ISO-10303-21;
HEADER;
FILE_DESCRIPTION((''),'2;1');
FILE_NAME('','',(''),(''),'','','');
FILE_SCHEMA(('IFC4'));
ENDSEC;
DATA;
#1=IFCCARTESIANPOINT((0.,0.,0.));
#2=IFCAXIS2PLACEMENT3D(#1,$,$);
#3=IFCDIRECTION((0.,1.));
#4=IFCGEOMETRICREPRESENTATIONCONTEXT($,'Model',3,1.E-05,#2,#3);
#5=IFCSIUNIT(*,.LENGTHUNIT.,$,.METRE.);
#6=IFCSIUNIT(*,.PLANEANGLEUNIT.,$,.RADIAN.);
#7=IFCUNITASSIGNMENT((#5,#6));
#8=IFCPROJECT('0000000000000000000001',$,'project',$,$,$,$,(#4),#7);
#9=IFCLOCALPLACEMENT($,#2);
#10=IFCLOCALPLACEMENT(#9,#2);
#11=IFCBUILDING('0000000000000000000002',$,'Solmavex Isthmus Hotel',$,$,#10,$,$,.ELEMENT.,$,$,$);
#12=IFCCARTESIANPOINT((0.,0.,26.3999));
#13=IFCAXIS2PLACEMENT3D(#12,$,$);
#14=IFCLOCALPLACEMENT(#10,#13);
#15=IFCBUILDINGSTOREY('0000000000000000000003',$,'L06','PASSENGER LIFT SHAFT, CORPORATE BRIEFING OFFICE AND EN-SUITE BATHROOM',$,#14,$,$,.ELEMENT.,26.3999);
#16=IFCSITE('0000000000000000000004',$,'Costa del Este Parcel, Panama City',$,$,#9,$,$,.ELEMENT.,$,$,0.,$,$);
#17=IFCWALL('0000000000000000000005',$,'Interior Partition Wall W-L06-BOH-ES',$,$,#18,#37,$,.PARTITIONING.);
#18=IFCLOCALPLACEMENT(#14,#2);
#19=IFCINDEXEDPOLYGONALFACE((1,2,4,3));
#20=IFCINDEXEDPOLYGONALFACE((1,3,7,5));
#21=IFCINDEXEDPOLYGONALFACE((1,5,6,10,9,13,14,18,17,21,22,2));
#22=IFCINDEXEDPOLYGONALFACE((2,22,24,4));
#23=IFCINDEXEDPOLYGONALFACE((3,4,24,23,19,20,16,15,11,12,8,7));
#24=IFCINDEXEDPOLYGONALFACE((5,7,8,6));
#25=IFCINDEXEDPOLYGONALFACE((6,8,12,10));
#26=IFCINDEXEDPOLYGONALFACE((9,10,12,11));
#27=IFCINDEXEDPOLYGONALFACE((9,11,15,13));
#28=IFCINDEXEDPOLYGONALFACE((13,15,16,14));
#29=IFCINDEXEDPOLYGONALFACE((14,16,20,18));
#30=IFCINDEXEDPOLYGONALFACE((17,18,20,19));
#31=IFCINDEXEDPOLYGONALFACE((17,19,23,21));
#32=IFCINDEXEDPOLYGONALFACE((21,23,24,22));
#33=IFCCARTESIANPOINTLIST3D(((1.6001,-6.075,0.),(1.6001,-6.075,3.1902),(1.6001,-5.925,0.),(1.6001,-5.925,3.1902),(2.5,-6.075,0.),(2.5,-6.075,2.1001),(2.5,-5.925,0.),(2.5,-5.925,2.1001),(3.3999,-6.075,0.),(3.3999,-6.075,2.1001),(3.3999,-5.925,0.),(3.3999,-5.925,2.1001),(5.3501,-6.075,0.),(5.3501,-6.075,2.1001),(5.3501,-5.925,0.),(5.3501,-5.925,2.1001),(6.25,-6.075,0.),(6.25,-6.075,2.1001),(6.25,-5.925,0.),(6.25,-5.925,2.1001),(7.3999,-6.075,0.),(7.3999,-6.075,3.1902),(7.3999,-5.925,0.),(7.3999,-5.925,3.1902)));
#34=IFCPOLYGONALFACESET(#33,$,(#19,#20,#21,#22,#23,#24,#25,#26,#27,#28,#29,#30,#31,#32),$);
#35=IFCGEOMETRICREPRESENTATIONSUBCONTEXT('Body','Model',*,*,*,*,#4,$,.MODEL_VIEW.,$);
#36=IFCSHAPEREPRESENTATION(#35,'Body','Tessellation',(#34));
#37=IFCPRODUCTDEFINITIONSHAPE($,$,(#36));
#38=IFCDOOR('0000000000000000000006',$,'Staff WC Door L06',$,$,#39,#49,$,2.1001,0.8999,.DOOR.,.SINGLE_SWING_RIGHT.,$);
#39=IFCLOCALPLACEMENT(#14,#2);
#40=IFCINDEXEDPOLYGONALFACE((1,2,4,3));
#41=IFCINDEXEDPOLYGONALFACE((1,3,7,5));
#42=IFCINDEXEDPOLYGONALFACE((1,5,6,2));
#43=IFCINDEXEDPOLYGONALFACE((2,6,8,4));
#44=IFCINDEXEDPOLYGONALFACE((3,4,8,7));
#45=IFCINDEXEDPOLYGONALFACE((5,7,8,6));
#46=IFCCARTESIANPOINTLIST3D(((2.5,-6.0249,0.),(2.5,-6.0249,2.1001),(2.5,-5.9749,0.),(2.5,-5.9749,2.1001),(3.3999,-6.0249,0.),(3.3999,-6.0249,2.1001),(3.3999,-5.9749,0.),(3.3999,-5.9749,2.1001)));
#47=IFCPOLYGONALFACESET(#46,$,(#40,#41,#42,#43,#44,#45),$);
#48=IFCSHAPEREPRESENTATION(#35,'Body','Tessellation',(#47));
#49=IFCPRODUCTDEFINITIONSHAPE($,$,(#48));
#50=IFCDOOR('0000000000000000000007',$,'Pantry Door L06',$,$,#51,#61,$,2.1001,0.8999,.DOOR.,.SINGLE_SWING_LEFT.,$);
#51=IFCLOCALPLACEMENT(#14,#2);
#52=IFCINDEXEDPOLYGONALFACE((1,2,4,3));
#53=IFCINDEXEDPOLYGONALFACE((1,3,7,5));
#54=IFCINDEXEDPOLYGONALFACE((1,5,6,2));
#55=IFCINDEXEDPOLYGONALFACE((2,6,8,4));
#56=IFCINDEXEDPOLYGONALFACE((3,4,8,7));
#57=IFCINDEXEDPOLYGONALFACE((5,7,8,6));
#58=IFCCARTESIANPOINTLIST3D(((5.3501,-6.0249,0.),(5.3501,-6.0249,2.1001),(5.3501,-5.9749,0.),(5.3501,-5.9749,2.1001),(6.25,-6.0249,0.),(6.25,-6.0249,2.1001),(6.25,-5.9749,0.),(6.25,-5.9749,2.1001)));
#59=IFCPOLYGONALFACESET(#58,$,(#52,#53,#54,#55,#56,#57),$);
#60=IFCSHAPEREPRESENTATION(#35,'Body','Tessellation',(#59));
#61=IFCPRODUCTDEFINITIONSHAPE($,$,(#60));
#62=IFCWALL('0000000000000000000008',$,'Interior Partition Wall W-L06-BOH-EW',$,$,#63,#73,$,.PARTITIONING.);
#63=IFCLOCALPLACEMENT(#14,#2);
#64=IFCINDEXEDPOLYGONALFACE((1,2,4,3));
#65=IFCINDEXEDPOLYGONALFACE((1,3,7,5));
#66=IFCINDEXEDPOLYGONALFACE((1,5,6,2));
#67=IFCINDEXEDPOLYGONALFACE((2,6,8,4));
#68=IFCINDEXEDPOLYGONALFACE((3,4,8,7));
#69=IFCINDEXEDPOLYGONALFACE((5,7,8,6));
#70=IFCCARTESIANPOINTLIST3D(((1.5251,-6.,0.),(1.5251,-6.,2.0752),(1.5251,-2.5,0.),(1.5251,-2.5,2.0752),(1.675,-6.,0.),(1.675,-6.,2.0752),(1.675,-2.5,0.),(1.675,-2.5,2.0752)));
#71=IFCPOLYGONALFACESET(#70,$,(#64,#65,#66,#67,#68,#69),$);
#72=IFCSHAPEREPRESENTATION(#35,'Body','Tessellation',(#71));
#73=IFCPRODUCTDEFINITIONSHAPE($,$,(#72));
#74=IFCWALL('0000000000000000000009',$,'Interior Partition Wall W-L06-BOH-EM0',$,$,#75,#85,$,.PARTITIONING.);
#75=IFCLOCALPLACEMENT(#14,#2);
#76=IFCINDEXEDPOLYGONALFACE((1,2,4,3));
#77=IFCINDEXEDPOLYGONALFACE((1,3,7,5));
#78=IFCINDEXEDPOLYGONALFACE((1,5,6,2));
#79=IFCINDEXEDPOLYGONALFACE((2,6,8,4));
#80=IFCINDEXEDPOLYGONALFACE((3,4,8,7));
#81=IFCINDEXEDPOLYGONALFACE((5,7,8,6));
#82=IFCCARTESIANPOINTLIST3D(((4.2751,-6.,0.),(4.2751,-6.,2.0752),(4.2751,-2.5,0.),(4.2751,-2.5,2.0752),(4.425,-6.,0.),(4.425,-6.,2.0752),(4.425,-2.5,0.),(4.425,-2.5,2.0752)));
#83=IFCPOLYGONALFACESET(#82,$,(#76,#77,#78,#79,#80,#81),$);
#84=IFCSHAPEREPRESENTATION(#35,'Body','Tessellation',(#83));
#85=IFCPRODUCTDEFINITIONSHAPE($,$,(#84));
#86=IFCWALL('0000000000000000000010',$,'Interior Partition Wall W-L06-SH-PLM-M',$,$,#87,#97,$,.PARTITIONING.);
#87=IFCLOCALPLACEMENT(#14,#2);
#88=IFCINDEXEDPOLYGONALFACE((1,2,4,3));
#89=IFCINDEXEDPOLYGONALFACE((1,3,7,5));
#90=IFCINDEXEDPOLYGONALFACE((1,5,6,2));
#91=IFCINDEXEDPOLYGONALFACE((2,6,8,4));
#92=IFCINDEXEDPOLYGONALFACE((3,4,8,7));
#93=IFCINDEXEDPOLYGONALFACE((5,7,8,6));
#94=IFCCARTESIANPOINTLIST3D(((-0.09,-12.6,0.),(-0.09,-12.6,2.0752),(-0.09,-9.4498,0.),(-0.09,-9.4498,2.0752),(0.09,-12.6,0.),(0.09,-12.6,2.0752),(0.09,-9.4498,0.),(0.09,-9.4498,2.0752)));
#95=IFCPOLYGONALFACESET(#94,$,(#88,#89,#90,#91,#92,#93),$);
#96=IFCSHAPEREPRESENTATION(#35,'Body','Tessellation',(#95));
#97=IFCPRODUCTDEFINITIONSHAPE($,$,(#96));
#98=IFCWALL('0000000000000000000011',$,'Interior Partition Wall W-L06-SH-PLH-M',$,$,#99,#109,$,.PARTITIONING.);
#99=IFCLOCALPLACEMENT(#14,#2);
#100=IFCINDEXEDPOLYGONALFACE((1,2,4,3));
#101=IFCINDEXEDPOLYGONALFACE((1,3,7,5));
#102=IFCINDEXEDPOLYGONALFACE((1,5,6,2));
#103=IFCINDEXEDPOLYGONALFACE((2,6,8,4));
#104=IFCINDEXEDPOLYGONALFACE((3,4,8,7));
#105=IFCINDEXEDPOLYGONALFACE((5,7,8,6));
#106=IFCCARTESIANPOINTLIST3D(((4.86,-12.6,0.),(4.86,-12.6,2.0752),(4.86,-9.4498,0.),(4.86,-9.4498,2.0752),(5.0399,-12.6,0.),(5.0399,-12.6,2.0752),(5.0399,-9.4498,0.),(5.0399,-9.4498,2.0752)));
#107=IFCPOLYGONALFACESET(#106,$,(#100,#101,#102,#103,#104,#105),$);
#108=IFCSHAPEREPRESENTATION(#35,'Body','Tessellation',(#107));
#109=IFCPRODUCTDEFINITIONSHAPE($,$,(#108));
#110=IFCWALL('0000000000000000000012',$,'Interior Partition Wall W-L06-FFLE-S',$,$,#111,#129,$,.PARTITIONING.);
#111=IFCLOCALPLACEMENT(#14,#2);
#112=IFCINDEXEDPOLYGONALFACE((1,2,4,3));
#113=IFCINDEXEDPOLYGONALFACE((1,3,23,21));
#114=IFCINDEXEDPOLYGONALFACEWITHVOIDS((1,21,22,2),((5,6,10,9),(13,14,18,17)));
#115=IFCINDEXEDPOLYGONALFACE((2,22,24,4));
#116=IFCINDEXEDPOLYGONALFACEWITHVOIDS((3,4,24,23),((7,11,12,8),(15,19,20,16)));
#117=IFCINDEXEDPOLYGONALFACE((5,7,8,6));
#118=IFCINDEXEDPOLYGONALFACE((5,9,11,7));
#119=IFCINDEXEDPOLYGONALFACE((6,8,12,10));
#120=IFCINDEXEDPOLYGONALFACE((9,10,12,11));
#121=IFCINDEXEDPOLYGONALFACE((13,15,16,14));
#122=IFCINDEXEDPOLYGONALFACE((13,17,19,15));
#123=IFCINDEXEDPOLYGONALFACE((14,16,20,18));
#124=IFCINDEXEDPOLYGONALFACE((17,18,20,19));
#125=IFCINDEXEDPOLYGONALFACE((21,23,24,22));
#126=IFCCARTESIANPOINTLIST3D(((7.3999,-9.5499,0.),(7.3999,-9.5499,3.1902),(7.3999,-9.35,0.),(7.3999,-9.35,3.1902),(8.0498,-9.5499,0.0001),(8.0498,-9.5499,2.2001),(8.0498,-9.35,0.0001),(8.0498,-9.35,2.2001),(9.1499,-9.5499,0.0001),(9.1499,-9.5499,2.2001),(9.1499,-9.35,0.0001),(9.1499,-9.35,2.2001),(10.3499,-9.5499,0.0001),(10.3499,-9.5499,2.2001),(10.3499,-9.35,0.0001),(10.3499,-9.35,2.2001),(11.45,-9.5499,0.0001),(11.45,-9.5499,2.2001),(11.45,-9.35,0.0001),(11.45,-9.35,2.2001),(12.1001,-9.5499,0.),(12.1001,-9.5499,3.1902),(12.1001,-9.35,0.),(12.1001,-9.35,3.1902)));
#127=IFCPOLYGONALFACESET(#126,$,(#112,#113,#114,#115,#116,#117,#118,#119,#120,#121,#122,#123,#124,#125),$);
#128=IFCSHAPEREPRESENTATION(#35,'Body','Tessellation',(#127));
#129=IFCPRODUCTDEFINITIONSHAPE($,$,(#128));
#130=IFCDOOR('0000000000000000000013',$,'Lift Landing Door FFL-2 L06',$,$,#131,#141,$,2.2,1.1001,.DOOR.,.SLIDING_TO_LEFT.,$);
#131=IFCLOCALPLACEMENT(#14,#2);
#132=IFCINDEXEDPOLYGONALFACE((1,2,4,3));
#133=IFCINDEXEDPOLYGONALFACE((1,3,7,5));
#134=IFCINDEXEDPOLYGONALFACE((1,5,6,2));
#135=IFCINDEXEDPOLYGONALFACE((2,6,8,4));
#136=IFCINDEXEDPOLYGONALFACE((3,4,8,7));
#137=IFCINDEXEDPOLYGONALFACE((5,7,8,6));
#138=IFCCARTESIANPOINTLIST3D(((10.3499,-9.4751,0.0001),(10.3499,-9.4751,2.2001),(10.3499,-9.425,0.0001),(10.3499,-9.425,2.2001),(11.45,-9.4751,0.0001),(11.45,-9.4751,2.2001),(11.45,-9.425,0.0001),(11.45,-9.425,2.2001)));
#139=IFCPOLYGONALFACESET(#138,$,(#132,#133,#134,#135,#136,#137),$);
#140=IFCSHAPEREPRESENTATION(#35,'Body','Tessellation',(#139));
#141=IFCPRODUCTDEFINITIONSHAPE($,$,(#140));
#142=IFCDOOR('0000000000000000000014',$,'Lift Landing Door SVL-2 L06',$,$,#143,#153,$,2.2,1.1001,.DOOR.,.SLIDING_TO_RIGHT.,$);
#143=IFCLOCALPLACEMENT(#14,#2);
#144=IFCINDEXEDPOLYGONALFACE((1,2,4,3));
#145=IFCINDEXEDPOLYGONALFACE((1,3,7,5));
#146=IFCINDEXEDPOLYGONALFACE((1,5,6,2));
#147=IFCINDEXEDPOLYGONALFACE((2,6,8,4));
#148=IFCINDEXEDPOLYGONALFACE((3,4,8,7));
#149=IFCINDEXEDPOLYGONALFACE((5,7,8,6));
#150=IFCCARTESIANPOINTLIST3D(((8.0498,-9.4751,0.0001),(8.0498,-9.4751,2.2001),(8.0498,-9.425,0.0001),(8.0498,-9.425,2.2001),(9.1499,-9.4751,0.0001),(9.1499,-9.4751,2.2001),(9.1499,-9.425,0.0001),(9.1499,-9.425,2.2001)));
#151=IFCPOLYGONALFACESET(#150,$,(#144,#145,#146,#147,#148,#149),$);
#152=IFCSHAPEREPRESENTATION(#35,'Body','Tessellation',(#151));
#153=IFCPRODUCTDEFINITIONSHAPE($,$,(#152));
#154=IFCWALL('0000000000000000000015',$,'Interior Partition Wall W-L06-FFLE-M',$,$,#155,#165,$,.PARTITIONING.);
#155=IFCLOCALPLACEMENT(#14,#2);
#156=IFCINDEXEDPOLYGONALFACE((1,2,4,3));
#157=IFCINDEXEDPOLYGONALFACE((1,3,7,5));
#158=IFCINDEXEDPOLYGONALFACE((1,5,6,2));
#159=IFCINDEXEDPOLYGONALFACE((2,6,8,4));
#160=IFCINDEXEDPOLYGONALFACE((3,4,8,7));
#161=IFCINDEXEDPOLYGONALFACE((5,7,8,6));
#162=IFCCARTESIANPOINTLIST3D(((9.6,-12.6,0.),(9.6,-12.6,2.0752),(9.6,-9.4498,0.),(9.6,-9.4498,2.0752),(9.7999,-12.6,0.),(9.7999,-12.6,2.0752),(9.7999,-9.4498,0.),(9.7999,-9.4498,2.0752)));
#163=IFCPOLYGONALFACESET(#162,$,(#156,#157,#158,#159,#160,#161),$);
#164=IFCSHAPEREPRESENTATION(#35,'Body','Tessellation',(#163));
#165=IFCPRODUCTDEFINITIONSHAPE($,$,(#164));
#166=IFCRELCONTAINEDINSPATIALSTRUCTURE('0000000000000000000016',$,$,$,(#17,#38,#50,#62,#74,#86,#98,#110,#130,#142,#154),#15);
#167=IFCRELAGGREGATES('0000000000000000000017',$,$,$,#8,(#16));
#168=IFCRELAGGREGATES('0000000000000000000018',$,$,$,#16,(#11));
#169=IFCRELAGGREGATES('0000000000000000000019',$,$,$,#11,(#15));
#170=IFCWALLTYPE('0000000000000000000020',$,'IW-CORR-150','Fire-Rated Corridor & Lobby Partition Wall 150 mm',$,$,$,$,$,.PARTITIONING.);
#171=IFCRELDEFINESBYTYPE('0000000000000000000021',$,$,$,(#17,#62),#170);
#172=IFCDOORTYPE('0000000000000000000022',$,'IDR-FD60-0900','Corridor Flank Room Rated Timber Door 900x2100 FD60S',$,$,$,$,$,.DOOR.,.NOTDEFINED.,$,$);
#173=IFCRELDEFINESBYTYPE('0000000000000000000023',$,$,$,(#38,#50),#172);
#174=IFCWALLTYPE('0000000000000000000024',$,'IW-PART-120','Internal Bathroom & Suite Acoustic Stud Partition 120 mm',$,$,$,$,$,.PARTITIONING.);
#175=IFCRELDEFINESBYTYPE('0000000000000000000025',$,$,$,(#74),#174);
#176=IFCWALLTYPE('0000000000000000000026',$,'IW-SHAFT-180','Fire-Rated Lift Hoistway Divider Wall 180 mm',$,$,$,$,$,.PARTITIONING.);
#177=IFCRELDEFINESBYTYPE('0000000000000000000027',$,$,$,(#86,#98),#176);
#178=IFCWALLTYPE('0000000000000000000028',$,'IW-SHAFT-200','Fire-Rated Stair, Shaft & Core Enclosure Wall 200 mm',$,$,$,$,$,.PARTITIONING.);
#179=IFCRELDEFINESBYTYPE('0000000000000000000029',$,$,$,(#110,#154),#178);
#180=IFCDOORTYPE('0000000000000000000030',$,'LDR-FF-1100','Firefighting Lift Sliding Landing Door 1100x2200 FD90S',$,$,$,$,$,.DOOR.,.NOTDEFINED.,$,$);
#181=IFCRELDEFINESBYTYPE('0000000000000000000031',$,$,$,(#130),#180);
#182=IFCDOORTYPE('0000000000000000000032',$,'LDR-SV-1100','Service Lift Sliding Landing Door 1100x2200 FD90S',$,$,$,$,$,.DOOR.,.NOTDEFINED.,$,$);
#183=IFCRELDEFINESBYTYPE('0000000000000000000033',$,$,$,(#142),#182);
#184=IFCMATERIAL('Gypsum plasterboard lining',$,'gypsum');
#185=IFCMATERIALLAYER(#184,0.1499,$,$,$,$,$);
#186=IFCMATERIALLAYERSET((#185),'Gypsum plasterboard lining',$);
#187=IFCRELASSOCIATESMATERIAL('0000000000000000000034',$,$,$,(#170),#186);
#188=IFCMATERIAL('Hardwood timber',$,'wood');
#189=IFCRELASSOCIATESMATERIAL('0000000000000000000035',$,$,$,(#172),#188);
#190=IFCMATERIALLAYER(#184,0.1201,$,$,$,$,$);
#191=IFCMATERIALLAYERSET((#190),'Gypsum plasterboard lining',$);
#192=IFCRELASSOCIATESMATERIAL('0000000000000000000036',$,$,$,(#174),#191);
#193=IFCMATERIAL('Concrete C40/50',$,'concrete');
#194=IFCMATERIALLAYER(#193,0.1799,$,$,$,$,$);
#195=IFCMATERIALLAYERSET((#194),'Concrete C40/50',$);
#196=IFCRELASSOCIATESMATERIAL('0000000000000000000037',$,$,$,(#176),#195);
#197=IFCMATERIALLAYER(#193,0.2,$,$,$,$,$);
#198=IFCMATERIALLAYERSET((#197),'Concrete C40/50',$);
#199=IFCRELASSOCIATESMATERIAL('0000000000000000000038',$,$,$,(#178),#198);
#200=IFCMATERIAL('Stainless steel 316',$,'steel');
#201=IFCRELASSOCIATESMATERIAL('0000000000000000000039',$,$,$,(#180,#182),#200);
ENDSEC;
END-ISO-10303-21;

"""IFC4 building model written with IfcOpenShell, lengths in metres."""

from ifc_helpers import new_model, si_unit, direction, frame, frame_2d, origin, place, context, subcontext, project, spatial, rectangle, extrude, material, layer, layer_set, type_object, element, fill, save


model = new_model("IFC4")

# Units and contexts
model_context = context("Model", 3, precision=1e-05, world=origin(), true_north=direction((0.0, 1.0)))
body_context = subcontext(model_context, "Body", "Model", "MODEL_VIEW")
ifc_project = project(units=[si_unit("LENGTHUNIT", "METRE"), si_unit("PLANEANGLEUNIT", "RADIAN")], contexts=[model_context])

# Site, building, storey
site_placement = place(None, origin())
site = spatial("IfcSite", under=ifc_project, at=site_placement, Name="Costa del Este Parcel, Panama City", CompositionType="ELEMENT", RefElevation=0.0)
building_placement = place(site_placement, origin())
building = spatial("IfcBuilding", under=site, at=building_placement, Name="Solmavex Isthmus Hotel", CompositionType="ELEMENT")
storey_placement = place(building_placement, frame((0.0, 0.0, 26.3999)))
storey = spatial("IfcBuildingStorey", under=building, at=storey_placement, Name="L06", Description="PASSENGER LIFT SHAFT, CORPORATE BRIEFING OFFICE AND EN-SUITE BATHROOM", CompositionType="ELEMENT", Elevation=26.3999)

# Wall, openings, doors
ifc_material_1 = material(Name="Gypsum plasterboard lining", Category="gypsum")
ifc_layer_1 = layer(ifc_material_1, 0.1499)
ifc_layer_set_1 = layer_set([ifc_layer_1], Name="Gypsum plasterboard lining")
wall_type_1 = type_object("IfcWallType", Name="IW-CORR-150", Description="Fire-Rated Corridor & Lobby Partition Wall 150 mm", PredefinedType="PARTITIONING", material=ifc_layer_set_1)
wall_1_placement = place(storey_placement, frame((1.6001, -6.0, 0.0), z_axis=(0.0, 0.0, 1.0), x_axis=(1.0, 0.0, 0.0)))
wall_1 = element("IfcWall", 1, at=wall_1_placement, inside=storey, type_object=wall_type_1, Name="Interior Partition Wall W-L06-BOH-ES", PredefinedType="PARTITIONING", context=body_context, shape_type="SweptSolid", body=[
    extrude(rectangle(XDim=5.7998, YDim=0.1499, at=frame_2d((2.8999, 0.0))), origin(), (0.0, 0.0, 1.0), 3.1902),
])
opening_1_placement = place(wall_1_placement, frame((0.8999, 0.0, 0.0)))
opening_1 = element("IfcOpeningElement", 2, at=opening_1_placement, cuts=wall_1, PredefinedType="OPENING", context=body_context, shape_type="SweptSolid", body=[
    extrude(rectangle(XDim=0.8999, YDim=2.1001, at=frame_2d((0.45, 1.05))), frame((0.0, 0.085, 0.0), z_axis=(0.0, -1.0, 0.0), x_axis=(1.0, 0.0, 0.0)), (0.0, 0.0, 1.0), 0.1699),
])
opening_2_placement = place(wall_1_placement, frame((3.75, 0.0, 0.0)))
opening_2 = element("IfcOpeningElement", 3, at=opening_2_placement, cuts=wall_1, PredefinedType="OPENING", context=body_context, shape_type="SweptSolid", body=[
    extrude(rectangle(XDim=0.8999, YDim=2.1001, at=frame_2d((0.45, 1.05))), frame((0.0, 0.085, 0.0), z_axis=(0.0, -1.0, 0.0), x_axis=(1.0, 0.0, 0.0)), (0.0, 0.0, 1.0), 0.1699),
])
ifc_material_2 = material(Name="Hardwood timber", Category="wood")
door_type_1 = type_object("IfcDoorType", Name="IDR-FD60-0900", Description="Corridor Flank Room Rated Timber Door 900x2100 FD60S", OperationType="NOTDEFINED", PredefinedType="DOOR", material=ifc_material_2)
door_1_placement = place(opening_1_placement, frame((0.8999, 0.0, 0.0), z_axis=(0.0, 0.0, 1.0), x_axis=(-1.0, 0.0, 0.0)))
door_1 = element("IfcDoor", 4, at=door_1_placement, inside=storey, type_object=door_type_1, Name="Staff WC Door L06", OperationType="SINGLE_SWING_RIGHT", OverallHeight=2.1001, OverallWidth=0.8999, PredefinedType="DOOR", context=body_context, shape_type="SweptSolid", body=[
    extrude(rectangle(XDim=0.8999, YDim=2.1001, at=frame_2d((0.45, 1.05))), frame((0.0, 0.0249, 0.0), z_axis=(0.0, -1.0, 0.0), x_axis=(1.0, 0.0, 0.0)), (0.0, 0.0, 1.0), 0.05),
])
fill(opening_1, door_1)
door_2_placement = place(opening_2_placement, frame((0.8999, 0.0, 0.0), z_axis=(0.0, 0.0, 1.0), x_axis=(-1.0, 0.0, 0.0)))
door_2 = element("IfcDoor", 5, at=door_2_placement, inside=storey, type_object=door_type_1, Name="Pantry Door L06", OperationType="SINGLE_SWING_LEFT", OverallHeight=2.1001, OverallWidth=0.8999, PredefinedType="DOOR", context=body_context, shape_type="SweptSolid", body=[
    extrude(rectangle(XDim=0.8999, YDim=2.1001, at=frame_2d((0.45, 1.05))), frame((0.0, 0.0249, 0.0), z_axis=(0.0, -1.0, 0.0), x_axis=(1.0, 0.0, 0.0)), (0.0, 0.0, 1.0), 0.05),
])
fill(opening_2, door_2)

# Walls
wall_2_placement = place(storey_placement, frame((1.6001, -6.0, 0.0), z_axis=(0.0, 0.0, 1.0), x_axis=(0.0, 1.0, 0.0)))
element("IfcWall", 6, at=wall_2_placement, inside=storey, type_object=wall_type_1, Name="Interior Partition Wall W-L06-BOH-EW", PredefinedType="PARTITIONING", context=body_context, shape_type="SweptSolid", body=[
    extrude(rectangle(XDim=3.5, YDim=0.1499, at=frame_2d((1.75, 0.0))), origin(), (0.0, 0.0, 1.0), 2.0752),
])
ifc_layer_2 = layer(ifc_material_1, 0.1201)
ifc_layer_set_2 = layer_set([ifc_layer_2], Name="Gypsum plasterboard lining")
wall_type_2 = type_object("IfcWallType", Name="IW-PART-120", Description="Internal Bathroom & Suite Acoustic Stud Partition 120 mm", PredefinedType="PARTITIONING", material=ifc_layer_set_2)
wall_3_placement = place(storey_placement, frame((4.3501, -6.0, 0.0), z_axis=(0.0, 0.0, 1.0), x_axis=(0.0, 1.0, 0.0)))
element("IfcWall", 7, at=wall_3_placement, inside=storey, type_object=wall_type_2, Name="Interior Partition Wall W-L06-BOH-EM0", PredefinedType="PARTITIONING", context=body_context, shape_type="SweptSolid", body=[
    extrude(rectangle(XDim=3.5, YDim=0.1499, at=frame_2d((1.75, 0.0))), origin(), (0.0, 0.0, 1.0), 2.0752),
])
ifc_material_3 = material(Name="Concrete C40/50", Category="concrete")
ifc_layer_3 = layer(ifc_material_3, 0.1799)
ifc_layer_set_3 = layer_set([ifc_layer_3], Name="Concrete C40/50")
wall_type_3 = type_object("IfcWallType", Name="IW-SHAFT-180", Description="Fire-Rated Lift Hoistway Divider Wall 180 mm", PredefinedType="PARTITIONING", material=ifc_layer_set_3)
for number, where, z_axis, x_axis, name in (
    (8, (0.0, -12.6001, 0.0), (0.0, 0.0, 1.0), (0.0, 1.0, 0.0), "Interior Partition Wall W-L06-SH-PLM-M"),
    (9, (4.95, -12.6001, 0.0), (0.0, 0.0, 1.0), (0.0, 1.0, 0.0), "Interior Partition Wall W-L06-SH-PLH-M"),
):
    element("IfcWall", number, at=place(storey_placement, frame(where, z_axis=z_axis, x_axis=x_axis)), inside=storey, type_object=wall_type_3, Name=name, PredefinedType="PARTITIONING", context=body_context, shape_type="SweptSolid", body=[
        extrude(rectangle(XDim=3.1501, YDim=0.1799, at=frame_2d((1.5752, 0.0))), origin(), (0.0, 0.0, 1.0), 2.0752),
    ])

# Wall, openings, doors
ifc_layer_4 = layer(ifc_material_3, 0.2)
ifc_layer_set_4 = layer_set([ifc_layer_4], Name="Concrete C40/50")
wall_type_4 = type_object("IfcWallType", Name="IW-SHAFT-200", Description="Fire-Rated Stair, Shaft & Core Enclosure Wall 200 mm", PredefinedType="PARTITIONING", material=ifc_layer_set_4)
wall_4_placement = place(storey_placement, frame((7.3999, -9.45, 0.0), z_axis=(0.0, 0.0, 1.0), x_axis=(1.0, 0.0, 0.0)))
wall_4 = element("IfcWall", 10, at=wall_4_placement, inside=storey, type_object=wall_type_4, Name="Interior Partition Wall W-L06-FFLE-S", PredefinedType="PARTITIONING", context=body_context, shape_type="SweptSolid", body=[
    extrude(rectangle(XDim=4.7002, YDim=0.2, at=frame_2d((2.3501, 0.0))), origin(), (0.0, 0.0, 1.0), 3.1902),
])
opening_3_placement = place(wall_4_placement, frame((2.95, 0.0, 0.0)))
opening_3 = element("IfcOpeningElement", 11, at=opening_3_placement, cuts=wall_4, PredefinedType="OPENING", context=body_context, shape_type="SweptSolid", body=[
    extrude(rectangle(XDim=1.1001, YDim=2.2, at=frame_2d((0.55, 1.1001))), frame((0.0, 0.1099, 0.0), z_axis=(0.0, -1.0, 0.0), x_axis=(1.0, 0.0, 0.0)), (0.0, 0.0, 1.0), 0.22),
])
opening_4_placement = place(wall_4_placement, frame((0.6499, 0.0, 0.0)))
opening_4 = element("IfcOpeningElement", 12, at=opening_4_placement, cuts=wall_4, PredefinedType="OPENING", context=body_context, shape_type="SweptSolid", body=[
    extrude(rectangle(XDim=1.1001, YDim=2.2, at=frame_2d((0.55, 1.1001))), frame((0.0, 0.1099, 0.0), z_axis=(0.0, -1.0, 0.0), x_axis=(1.0, 0.0, 0.0)), (0.0, 0.0, 1.0), 0.22),
])
ifc_material_4 = material(Name="Stainless steel 316", Category="steel")
door_type_2 = type_object("IfcDoorType", Name="LDR-FF-1100", Description="Firefighting Lift Sliding Landing Door 1100x2200 FD90S", OperationType="NOTDEFINED", PredefinedType="DOOR", material=ifc_material_4)
door_3_placement = place(opening_3_placement, origin())
door_3 = element("IfcDoor", 13, at=door_3_placement, inside=storey, type_object=door_type_2, Name="Lift Landing Door FFL-2 L06", OperationType="SLIDING_TO_LEFT", OverallHeight=2.2, OverallWidth=1.1001, PredefinedType="DOOR", context=body_context, shape_type="SweptSolid", body=[
    extrude(rectangle(XDim=1.1001, YDim=2.2, at=frame_2d((0.55, 1.1001))), frame((0.0, 0.0249, 0.0), z_axis=(0.0, -1.0, 0.0), x_axis=(1.0, 0.0, 0.0)), (0.0, 0.0, 1.0), 0.05),
])
fill(opening_3, door_3)
door_type_3 = type_object("IfcDoorType", Name="LDR-SV-1100", Description="Service Lift Sliding Landing Door 1100x2200 FD90S", OperationType="NOTDEFINED", PredefinedType="DOOR", material=ifc_material_4)
door_4_placement = place(opening_4_placement, origin())
door_4 = element("IfcDoor", 14, at=door_4_placement, inside=storey, type_object=door_type_3, Name="Lift Landing Door SVL-2 L06", OperationType="SLIDING_TO_RIGHT", OverallHeight=2.2, OverallWidth=1.1001, PredefinedType="DOOR", context=body_context, shape_type="SweptSolid", body=[
    extrude(rectangle(XDim=1.1001, YDim=2.2, at=frame_2d((0.55, 1.1001))), frame((0.0, 0.0249, 0.0), z_axis=(0.0, -1.0, 0.0), x_axis=(1.0, 0.0, 0.0)), (0.0, 0.0, 1.0), 0.05),
])
fill(opening_4, door_4)

# Wall
for number, where, z_axis, x_axis, name in (
    (15, (9.7, -12.6001, 0.0), (0.0, 0.0, 1.0), (0.0, 1.0, 0.0), "Interior Partition Wall W-L06-FFLE-M"),
):
    element("IfcWall", number, at=place(storey_placement, frame(where, z_axis=z_axis, x_axis=x_axis)), inside=storey, type_object=wall_type_4, Name=name, PredefinedType="PARTITIONING", context=body_context, shape_type="SweptSolid", body=[
        extrude(rectangle(XDim=3.1501, YDim=0.2, at=frame_2d((1.5752, 0.0))), origin(), (0.0, 0.0, 1.0), 2.0752),
    ])

save(model, "model.ifc")
